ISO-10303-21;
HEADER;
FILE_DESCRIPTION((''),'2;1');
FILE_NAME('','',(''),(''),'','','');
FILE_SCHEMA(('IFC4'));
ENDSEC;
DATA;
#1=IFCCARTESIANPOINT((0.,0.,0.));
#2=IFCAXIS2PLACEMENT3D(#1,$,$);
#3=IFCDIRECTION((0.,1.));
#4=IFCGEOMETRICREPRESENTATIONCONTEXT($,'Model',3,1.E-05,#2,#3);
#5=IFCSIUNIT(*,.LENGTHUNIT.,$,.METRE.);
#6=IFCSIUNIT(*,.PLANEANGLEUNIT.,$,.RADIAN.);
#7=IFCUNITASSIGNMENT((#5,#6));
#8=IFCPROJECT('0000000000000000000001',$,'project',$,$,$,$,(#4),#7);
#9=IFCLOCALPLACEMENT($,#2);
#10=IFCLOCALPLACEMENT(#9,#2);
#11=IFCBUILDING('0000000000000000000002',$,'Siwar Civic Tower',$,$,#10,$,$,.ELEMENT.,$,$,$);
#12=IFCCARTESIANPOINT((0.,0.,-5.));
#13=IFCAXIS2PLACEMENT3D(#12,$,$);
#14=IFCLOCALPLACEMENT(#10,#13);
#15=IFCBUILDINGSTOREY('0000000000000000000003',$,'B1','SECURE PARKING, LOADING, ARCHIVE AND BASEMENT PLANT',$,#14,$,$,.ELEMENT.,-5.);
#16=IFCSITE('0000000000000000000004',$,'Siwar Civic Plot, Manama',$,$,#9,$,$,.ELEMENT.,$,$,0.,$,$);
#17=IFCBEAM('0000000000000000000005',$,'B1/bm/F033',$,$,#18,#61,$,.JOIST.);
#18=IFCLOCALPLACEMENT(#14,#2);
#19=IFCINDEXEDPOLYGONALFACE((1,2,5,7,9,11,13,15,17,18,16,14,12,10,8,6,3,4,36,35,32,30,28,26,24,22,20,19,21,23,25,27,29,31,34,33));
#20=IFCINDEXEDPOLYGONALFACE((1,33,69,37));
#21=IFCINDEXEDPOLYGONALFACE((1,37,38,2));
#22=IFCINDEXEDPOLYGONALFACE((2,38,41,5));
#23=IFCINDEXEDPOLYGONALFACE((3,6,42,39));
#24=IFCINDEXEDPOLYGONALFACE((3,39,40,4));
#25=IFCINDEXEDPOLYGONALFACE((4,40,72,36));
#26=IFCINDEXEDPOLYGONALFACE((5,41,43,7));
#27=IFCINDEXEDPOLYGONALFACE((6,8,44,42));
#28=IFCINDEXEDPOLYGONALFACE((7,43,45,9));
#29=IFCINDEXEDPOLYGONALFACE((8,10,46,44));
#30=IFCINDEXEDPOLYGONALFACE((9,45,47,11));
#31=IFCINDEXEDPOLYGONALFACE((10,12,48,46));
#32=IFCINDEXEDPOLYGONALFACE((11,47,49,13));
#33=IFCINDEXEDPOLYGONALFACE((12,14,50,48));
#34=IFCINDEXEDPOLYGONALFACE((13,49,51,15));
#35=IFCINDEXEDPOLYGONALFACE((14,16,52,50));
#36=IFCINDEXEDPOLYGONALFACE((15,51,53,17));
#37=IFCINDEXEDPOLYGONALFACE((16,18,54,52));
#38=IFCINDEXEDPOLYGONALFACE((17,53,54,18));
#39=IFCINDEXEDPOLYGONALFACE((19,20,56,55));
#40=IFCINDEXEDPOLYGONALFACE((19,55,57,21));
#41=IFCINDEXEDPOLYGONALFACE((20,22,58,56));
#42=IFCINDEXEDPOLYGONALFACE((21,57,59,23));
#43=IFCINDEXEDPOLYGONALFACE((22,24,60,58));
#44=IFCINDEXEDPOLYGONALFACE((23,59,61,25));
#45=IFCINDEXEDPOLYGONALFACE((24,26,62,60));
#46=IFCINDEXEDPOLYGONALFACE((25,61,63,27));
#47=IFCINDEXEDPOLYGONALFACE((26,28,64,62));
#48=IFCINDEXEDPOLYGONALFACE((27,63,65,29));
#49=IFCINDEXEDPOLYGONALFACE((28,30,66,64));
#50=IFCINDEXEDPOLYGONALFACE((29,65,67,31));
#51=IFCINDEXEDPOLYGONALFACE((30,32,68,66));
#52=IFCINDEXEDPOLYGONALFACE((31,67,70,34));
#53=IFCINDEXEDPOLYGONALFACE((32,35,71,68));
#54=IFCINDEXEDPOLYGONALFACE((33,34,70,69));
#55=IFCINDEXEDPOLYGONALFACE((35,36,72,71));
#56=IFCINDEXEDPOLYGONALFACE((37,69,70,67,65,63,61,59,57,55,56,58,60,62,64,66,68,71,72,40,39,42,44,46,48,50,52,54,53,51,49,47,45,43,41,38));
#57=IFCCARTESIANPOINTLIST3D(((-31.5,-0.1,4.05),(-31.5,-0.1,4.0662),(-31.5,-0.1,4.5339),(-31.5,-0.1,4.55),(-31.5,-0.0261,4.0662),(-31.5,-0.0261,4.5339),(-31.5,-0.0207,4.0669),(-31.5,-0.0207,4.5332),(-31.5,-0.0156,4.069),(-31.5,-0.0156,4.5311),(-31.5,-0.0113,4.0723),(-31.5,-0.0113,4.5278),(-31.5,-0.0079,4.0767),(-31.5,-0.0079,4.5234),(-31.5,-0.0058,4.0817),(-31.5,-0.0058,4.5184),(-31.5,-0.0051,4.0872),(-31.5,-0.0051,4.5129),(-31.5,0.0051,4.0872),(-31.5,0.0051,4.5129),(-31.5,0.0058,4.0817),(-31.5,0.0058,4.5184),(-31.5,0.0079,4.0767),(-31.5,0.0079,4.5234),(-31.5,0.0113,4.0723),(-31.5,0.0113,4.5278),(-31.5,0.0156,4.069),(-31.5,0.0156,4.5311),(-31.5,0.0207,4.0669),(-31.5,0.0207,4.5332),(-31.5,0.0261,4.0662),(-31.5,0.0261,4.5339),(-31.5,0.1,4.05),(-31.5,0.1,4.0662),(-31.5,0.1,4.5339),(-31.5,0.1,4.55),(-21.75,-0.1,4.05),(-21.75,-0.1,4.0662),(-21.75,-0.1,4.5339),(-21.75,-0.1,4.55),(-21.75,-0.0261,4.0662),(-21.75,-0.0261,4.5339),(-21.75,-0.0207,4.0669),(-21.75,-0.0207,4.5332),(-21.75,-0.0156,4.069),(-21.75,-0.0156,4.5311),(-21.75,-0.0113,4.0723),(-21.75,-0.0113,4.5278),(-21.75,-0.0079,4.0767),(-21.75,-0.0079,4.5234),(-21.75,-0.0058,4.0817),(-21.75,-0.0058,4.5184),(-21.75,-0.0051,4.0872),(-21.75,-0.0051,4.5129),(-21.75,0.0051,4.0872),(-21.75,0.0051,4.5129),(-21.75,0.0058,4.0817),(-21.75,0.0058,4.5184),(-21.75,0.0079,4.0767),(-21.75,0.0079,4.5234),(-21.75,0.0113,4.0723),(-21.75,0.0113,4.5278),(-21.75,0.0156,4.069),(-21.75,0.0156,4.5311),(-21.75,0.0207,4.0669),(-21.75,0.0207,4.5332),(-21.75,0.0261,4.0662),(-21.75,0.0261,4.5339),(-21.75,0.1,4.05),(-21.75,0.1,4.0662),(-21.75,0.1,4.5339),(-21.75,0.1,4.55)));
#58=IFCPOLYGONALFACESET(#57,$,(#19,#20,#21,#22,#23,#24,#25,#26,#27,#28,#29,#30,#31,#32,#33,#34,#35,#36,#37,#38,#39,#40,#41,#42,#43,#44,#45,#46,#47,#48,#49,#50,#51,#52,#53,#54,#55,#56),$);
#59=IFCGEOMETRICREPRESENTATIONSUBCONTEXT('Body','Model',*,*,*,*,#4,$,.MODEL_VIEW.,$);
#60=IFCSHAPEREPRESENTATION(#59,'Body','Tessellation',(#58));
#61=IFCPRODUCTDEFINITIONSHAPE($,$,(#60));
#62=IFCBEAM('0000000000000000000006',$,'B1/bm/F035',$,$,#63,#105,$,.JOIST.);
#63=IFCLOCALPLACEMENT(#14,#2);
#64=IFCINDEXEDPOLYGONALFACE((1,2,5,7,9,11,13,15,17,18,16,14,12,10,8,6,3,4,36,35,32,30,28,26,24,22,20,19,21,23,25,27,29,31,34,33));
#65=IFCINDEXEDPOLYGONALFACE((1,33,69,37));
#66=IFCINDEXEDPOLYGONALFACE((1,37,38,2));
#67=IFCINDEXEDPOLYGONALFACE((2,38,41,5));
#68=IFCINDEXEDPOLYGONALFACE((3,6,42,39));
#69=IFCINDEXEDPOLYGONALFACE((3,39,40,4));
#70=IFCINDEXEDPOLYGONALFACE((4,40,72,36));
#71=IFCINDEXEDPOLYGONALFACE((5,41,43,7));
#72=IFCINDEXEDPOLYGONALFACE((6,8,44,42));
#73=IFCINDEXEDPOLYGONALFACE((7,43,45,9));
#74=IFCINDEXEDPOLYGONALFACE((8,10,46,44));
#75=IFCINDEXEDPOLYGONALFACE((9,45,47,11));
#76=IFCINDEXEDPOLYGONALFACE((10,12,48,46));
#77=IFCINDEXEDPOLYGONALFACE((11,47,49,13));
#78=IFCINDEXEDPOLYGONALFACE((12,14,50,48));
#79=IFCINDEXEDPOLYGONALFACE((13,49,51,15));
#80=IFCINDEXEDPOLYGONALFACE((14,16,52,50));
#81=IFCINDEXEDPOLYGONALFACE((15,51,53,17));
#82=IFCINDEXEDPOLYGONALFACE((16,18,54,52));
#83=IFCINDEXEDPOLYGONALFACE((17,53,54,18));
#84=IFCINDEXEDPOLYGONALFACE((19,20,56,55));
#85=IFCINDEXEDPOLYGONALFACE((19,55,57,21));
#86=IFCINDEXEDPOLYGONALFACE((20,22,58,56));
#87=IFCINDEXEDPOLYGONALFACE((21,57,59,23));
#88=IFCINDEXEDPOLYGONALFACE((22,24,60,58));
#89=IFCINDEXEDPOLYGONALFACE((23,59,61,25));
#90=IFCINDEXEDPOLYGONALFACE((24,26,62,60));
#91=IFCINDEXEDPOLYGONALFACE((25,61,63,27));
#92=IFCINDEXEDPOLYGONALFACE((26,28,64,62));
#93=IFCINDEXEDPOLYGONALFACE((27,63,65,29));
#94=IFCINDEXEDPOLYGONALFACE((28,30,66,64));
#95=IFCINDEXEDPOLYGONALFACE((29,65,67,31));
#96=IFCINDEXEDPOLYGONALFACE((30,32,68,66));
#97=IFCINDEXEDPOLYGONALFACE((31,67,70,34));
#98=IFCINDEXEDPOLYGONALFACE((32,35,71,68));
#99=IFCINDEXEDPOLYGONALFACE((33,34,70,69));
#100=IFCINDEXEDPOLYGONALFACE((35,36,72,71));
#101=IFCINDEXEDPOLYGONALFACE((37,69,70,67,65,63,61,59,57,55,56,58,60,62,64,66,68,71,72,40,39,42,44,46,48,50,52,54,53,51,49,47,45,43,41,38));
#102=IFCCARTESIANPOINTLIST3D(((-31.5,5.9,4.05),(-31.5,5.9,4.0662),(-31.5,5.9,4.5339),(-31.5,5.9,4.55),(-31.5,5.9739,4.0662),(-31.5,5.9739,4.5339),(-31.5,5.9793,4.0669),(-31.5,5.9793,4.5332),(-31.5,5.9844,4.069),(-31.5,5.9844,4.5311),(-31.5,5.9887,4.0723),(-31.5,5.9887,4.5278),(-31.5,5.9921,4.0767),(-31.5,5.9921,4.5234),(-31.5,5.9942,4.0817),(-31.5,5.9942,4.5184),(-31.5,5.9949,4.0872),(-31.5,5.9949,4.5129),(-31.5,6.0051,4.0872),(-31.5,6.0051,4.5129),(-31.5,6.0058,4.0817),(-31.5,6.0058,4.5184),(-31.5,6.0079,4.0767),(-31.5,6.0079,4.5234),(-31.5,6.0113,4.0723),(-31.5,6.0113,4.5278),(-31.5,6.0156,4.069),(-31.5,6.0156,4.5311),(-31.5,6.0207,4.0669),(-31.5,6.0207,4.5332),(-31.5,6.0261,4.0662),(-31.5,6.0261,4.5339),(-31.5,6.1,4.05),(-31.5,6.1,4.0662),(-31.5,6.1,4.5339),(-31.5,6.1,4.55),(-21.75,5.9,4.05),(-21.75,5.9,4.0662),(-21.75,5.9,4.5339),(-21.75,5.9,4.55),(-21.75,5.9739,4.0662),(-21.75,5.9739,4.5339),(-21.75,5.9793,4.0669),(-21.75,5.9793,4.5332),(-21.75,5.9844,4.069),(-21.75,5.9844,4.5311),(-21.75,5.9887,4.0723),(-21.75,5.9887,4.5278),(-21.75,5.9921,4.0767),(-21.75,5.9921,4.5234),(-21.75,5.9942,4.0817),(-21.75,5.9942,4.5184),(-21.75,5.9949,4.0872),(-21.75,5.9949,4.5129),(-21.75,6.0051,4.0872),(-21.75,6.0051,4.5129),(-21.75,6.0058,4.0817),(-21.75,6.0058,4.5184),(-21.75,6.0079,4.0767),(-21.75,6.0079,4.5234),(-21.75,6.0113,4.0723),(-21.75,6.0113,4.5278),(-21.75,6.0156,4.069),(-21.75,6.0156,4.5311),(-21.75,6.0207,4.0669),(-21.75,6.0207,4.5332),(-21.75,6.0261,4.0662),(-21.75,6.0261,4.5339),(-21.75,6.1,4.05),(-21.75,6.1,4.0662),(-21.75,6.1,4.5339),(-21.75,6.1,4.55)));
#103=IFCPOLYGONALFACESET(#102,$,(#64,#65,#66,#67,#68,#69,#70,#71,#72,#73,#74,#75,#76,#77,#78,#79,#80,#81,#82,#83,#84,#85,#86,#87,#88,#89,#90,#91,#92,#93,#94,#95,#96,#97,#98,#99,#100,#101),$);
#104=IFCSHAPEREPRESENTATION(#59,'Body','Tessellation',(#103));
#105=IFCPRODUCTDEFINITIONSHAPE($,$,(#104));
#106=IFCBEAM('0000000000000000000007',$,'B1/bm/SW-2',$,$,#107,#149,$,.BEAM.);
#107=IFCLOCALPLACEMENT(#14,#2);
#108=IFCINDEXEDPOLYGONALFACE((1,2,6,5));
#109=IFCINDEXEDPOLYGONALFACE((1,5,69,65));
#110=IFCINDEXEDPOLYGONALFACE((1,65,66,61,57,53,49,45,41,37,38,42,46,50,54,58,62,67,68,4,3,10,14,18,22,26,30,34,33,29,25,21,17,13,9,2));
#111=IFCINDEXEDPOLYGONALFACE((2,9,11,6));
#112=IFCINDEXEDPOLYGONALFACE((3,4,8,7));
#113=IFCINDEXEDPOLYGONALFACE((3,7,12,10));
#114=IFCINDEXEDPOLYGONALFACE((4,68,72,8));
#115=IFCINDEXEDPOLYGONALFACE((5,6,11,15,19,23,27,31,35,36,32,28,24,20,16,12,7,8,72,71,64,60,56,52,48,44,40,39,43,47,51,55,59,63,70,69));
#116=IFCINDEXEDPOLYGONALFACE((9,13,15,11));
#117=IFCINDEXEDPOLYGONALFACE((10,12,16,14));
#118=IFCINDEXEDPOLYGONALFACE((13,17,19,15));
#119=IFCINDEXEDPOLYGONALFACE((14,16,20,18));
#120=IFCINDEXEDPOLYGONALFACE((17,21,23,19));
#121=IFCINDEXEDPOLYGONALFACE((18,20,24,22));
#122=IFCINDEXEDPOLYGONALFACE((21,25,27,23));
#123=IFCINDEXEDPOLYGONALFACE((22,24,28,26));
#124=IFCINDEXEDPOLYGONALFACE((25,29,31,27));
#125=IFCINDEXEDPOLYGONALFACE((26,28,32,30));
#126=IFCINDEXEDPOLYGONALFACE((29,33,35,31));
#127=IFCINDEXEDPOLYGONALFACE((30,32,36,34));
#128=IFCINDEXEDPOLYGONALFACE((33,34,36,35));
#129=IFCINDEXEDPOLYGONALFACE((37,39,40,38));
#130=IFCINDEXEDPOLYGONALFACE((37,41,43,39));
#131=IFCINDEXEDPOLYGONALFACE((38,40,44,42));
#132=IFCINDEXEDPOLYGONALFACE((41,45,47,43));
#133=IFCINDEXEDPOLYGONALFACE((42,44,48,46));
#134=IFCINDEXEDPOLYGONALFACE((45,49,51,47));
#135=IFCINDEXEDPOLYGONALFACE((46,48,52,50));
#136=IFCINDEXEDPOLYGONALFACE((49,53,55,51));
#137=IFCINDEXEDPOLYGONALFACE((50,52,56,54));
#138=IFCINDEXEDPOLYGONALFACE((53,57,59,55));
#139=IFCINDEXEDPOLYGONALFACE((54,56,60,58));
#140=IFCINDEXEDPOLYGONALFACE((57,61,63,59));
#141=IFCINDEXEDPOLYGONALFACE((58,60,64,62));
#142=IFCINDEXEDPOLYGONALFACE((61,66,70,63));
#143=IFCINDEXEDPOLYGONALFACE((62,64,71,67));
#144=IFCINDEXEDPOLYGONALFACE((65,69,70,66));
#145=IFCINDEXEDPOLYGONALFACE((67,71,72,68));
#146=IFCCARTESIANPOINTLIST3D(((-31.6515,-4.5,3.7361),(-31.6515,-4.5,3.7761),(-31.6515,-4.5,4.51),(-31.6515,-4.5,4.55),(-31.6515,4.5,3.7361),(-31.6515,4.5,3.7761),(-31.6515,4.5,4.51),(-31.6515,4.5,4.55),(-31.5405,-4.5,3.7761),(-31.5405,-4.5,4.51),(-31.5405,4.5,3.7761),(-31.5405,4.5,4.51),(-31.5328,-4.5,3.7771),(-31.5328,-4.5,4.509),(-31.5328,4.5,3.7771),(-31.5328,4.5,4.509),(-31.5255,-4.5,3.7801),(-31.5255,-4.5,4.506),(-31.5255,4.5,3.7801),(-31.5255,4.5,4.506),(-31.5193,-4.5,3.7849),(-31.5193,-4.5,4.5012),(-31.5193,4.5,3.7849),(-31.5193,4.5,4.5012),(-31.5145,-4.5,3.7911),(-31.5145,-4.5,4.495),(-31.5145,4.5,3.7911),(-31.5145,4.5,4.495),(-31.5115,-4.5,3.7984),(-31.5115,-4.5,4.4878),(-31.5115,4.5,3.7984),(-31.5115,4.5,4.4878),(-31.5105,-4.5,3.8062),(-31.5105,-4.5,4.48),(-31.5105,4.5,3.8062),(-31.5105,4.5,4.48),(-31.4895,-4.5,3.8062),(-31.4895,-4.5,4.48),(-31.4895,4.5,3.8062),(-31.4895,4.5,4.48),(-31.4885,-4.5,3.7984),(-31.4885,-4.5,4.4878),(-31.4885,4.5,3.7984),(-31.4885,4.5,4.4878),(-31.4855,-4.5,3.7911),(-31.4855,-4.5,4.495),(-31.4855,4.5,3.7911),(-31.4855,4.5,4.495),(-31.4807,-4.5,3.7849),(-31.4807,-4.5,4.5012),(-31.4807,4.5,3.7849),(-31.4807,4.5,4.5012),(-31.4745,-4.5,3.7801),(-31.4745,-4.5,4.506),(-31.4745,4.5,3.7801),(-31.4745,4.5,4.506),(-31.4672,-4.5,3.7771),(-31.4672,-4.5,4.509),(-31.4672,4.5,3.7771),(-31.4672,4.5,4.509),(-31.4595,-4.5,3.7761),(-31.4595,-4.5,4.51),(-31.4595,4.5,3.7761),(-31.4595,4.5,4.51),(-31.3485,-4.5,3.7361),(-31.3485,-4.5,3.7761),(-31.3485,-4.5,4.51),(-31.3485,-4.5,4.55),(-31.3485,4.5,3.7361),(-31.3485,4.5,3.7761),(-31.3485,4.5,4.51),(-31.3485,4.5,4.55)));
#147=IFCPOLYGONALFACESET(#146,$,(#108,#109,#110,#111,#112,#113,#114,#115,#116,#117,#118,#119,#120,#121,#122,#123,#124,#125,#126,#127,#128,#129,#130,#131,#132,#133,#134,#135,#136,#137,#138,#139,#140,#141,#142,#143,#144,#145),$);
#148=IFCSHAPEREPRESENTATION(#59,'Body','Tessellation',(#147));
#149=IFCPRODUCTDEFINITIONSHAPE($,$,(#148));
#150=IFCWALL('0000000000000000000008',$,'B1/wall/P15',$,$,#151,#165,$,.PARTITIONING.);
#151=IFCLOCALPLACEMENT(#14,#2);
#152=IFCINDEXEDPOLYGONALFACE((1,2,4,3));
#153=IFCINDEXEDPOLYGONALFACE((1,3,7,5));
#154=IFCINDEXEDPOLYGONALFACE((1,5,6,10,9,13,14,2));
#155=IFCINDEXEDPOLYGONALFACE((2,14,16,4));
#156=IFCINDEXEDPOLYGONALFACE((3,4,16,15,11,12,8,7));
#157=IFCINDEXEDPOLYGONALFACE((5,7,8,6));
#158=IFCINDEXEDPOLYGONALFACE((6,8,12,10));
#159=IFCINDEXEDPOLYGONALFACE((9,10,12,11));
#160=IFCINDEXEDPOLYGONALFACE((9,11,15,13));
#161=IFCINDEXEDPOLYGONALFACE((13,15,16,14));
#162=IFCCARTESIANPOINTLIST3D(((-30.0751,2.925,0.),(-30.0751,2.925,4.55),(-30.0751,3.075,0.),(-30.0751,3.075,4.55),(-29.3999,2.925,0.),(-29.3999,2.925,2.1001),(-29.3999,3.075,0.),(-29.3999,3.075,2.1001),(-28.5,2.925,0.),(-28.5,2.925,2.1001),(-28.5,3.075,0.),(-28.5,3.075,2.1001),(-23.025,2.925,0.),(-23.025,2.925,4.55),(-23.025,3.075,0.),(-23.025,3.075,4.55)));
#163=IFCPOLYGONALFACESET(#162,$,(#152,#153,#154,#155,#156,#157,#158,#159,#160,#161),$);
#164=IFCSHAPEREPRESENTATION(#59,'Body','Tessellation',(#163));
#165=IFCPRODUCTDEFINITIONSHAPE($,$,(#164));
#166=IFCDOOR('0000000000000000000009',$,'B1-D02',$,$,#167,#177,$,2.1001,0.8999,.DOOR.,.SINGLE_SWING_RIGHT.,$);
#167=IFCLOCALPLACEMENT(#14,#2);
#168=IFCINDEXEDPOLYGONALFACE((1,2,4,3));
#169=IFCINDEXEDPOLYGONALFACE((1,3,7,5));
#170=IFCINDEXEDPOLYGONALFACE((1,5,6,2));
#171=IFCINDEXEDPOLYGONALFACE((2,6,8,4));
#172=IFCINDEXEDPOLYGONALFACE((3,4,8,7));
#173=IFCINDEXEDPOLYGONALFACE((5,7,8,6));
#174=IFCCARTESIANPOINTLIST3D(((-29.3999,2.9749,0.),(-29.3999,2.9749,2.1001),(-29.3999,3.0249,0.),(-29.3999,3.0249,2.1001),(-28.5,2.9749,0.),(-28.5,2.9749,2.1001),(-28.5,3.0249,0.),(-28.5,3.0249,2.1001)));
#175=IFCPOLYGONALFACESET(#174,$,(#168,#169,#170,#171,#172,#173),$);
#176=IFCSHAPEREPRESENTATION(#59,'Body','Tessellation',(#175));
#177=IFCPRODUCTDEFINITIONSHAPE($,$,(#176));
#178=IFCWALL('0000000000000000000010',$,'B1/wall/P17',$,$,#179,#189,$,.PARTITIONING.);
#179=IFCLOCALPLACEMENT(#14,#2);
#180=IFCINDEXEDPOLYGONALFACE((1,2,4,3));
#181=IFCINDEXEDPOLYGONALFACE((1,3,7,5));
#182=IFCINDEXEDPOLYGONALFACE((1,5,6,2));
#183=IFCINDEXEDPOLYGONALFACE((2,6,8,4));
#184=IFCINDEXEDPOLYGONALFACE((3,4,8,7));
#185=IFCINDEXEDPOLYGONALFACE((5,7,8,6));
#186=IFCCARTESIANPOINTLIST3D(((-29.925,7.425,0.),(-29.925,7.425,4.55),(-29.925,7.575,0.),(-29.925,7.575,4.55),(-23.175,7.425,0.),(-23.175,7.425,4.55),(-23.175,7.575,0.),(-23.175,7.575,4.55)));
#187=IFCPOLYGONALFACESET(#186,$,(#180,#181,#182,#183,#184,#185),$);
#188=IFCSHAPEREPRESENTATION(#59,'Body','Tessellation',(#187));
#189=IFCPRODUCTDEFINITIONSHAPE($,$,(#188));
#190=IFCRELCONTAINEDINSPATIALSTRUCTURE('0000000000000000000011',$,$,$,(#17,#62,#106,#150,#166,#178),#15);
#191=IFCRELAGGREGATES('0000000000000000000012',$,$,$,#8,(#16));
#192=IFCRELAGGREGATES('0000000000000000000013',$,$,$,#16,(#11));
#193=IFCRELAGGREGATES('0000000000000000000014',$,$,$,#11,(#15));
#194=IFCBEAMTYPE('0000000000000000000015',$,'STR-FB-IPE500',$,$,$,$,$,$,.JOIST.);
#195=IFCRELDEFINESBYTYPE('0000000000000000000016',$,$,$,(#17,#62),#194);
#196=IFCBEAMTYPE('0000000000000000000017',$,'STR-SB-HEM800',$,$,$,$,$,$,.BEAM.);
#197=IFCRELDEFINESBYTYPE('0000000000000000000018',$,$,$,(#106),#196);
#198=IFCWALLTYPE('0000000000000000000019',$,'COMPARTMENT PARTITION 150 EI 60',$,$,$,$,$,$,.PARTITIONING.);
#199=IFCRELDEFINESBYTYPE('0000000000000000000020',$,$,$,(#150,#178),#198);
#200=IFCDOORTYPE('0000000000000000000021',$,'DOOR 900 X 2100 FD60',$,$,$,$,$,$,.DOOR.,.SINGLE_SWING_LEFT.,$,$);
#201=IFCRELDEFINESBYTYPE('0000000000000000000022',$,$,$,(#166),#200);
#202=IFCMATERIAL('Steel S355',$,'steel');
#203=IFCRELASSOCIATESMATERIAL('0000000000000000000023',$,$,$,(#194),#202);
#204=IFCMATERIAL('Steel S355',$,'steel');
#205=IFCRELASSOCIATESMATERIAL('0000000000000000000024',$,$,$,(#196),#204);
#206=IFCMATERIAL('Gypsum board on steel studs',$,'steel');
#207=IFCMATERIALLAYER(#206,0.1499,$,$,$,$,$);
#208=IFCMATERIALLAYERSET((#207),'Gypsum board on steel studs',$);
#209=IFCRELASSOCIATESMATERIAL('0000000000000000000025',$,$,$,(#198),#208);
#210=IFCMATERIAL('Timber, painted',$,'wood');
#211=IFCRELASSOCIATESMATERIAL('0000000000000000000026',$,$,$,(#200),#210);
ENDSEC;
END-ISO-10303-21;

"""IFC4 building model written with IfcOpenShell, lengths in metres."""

from ifc_helpers import new_model, si_unit, direction, frame, frame_2d, origin, origin_2d, place, context, subcontext, project, spatial, rectangle, i_section, extrude, material, layer, layer_set, material_profile, profile_set, type_object, element, fill, save


model = new_model("IFC4")

# Units and contexts
model_context = context("Model", 3, precision=1e-05, world=origin(), true_north=direction((0.0, 1.0)))
body_context = subcontext(model_context, "Body", "Model", "MODEL_VIEW")
ifc_project = project(units=[si_unit("LENGTHUNIT", "METRE"), si_unit("PLANEANGLEUNIT", "RADIAN")], contexts=[model_context])

# Site, building, storey
site_placement = place(None, origin())
site = spatial("IfcSite", under=ifc_project, at=site_placement, Name="Siwar Civic Plot, Manama", CompositionType="ELEMENT", RefElevation=0.0)
building_placement = place(site_placement, origin())
building = spatial("IfcBuilding", under=site, at=building_placement, Name="Siwar Civic Tower", CompositionType="ELEMENT")
storey_placement = place(building_placement, frame((0.0, 0.0, -5.0)))
storey = spatial("IfcBuildingStorey", under=building, at=storey_placement, Name="B1", Description="SECURE PARKING, LOADING, ARCHIVE AND BASEMENT PLANT", CompositionType="ELEMENT", Elevation=-5.0)

# Beams
ifc_material_1 = material(Name="Steel S355", Category="steel")
ifc_material_profile_1 = material_profile(ifc_material_1, i_section(OverallWidth=0.2, OverallDepth=0.5, WebThickness=0.0103, FlangeThickness=0.0161, FilletRadius=0.021, at=origin_2d()), Name="IPE500")
ifc_profile_set_1 = profile_set([ifc_material_profile_1], Name="Steel S355")
beam_type_1 = type_object("IfcBeamType", Name="STR-FB-IPE500", PredefinedType="JOIST", material=ifc_profile_set_1)
for number, where, z_axis, x_axis, name in (
    (1, (-31.5, 0.0, 4.3), (1.0, 0.0, 0.0), (0.0, 1.0, 0.0), "B1/bm/F033"),
    (2, (-31.5, 6.0, 4.3), (1.0, 0.0, 0.0), (0.0, 1.0, 0.0), "B1/bm/F035"),
):
    element("IfcBeam", number, at=place(storey_placement, frame(where, z_axis=z_axis, x_axis=x_axis)), inside=storey, type_object=beam_type_1, Name=name, PredefinedType="JOIST", context=body_context, shape_type="SweptSolid", body=[
        extrude(i_section(OverallWidth=0.2, OverallDepth=0.5, WebThickness=0.0103, FlangeThickness=0.0161, FilletRadius=0.021, at=origin_2d()), origin(), (0.0, 0.0, 1.0), 9.75),
    ])
ifc_material_2 = material(Name="Steel S355", Category="steel")
ifc_material_profile_2 = material_profile(ifc_material_2, i_section(OverallWidth=0.303, OverallDepth=0.814, WebThickness=0.021, FlangeThickness=0.04, FilletRadius=0.03, at=origin_2d()), Name="HEM800")
ifc_profile_set_2 = profile_set([ifc_material_profile_2], Name="Steel S355")
beam_type_2 = type_object("IfcBeamType", Name="STR-SB-HEM800", PredefinedType="BEAM", material=ifc_profile_set_2)
beam_placement = place(storey_placement, frame((-31.5, 4.5, 4.1431), z_axis=(0.0, -1.0, 0.0), x_axis=(1.0, 0.0, 0.0)))
element("IfcBeam", 3, at=beam_placement, inside=storey, type_object=beam_type_2, Name="B1/bm/SW-2", PredefinedType="BEAM", context=body_context, shape_type="SweptSolid", body=[
    extrude(i_section(OverallWidth=0.303, OverallDepth=0.814, WebThickness=0.021, FlangeThickness=0.04, FilletRadius=0.03, at=origin_2d()), origin(), (0.0, 0.0, 1.0), 9.0),
])

# Wall, opening, door
ifc_material_3 = material(Name="Gypsum board on steel studs", Category="steel")
ifc_layer = layer(ifc_material_3, 0.1499)
ifc_layer_set = layer_set([ifc_layer], Name="Gypsum board on steel studs")
wall_type = type_object("IfcWallType", Name="COMPARTMENT PARTITION 150 EI 60", PredefinedType="PARTITIONING", material=ifc_layer_set)
wall_1_placement = place(storey_placement, frame((-30.075, 3.0, 0.0), z_axis=(0.0, 0.0, 1.0), x_axis=(1.0, 0.0, 0.0)))
wall_1 = element("IfcWall", 4, at=wall_1_placement, inside=storey, type_object=wall_type, Name="B1/wall/P15", PredefinedType="PARTITIONING", context=body_context, shape_type="SweptSolid", body=[
    extrude(rectangle(XDim=7.05, YDim=0.1499, at=frame_2d((3.5249, 0.0))), origin(), (0.0, 0.0, 1.0), 4.55),
])
opening_1_placement = place(wall_1_placement, frame((0.675, 0.0, 0.0)))
opening_1 = element("IfcOpeningElement", 5, at=opening_1_placement, cuts=wall_1, PredefinedType="OPENING", context=body_context, shape_type="SweptSolid", body=[
    extrude(rectangle(XDim=0.8999, YDim=2.1001, at=frame_2d((0.45, 1.05))), frame((0.0, 0.085, 0.0), z_axis=(0.0, -1.0, 0.0), x_axis=(1.0, 0.0, 0.0)), (0.0, 0.0, 1.0), 0.1699),
])
ifc_material_4 = material(Name="Timber, painted", Category="wood")
door_type = type_object("IfcDoorType", Name="DOOR 900 X 2100 FD60", OperationType="SINGLE_SWING_LEFT", PredefinedType="DOOR", material=ifc_material_4)
door_1_placement = place(opening_1_placement, origin())
door_1 = element("IfcDoor", 6, at=door_1_placement, inside=storey, type_object=door_type, Name="B1-D02", OperationType="SINGLE_SWING_RIGHT", OverallHeight=2.1001, OverallWidth=0.8999, PredefinedType="DOOR", context=body_context, shape_type="SweptSolid", body=[
    extrude(rectangle(XDim=0.8999, YDim=2.1001, at=frame_2d((0.45, 1.05))), frame((0.0, 0.0249, 0.0), z_axis=(0.0, -1.0, 0.0), x_axis=(1.0, 0.0, 0.0)), (0.0, 0.0, 1.0), 0.05),
])
fill(opening_1, door_1)

# Wall
wall_2_placement = place(storey_placement, frame((-29.925, 7.5, 0.0), z_axis=(0.0, 0.0, 1.0), x_axis=(1.0, 0.0, 0.0)))
element("IfcWall", 7, at=wall_2_placement, inside=storey, type_object=wall_type, Name="B1/wall/P17", PredefinedType="PARTITIONING", context=body_context, shape_type="SweptSolid", body=[
    extrude(rectangle(XDim=6.75, YDim=0.1499, at=frame_2d((3.375, 0.0))), origin(), (0.0, 0.0, 1.0), 4.55),
])

save(model, "model.ifc")
